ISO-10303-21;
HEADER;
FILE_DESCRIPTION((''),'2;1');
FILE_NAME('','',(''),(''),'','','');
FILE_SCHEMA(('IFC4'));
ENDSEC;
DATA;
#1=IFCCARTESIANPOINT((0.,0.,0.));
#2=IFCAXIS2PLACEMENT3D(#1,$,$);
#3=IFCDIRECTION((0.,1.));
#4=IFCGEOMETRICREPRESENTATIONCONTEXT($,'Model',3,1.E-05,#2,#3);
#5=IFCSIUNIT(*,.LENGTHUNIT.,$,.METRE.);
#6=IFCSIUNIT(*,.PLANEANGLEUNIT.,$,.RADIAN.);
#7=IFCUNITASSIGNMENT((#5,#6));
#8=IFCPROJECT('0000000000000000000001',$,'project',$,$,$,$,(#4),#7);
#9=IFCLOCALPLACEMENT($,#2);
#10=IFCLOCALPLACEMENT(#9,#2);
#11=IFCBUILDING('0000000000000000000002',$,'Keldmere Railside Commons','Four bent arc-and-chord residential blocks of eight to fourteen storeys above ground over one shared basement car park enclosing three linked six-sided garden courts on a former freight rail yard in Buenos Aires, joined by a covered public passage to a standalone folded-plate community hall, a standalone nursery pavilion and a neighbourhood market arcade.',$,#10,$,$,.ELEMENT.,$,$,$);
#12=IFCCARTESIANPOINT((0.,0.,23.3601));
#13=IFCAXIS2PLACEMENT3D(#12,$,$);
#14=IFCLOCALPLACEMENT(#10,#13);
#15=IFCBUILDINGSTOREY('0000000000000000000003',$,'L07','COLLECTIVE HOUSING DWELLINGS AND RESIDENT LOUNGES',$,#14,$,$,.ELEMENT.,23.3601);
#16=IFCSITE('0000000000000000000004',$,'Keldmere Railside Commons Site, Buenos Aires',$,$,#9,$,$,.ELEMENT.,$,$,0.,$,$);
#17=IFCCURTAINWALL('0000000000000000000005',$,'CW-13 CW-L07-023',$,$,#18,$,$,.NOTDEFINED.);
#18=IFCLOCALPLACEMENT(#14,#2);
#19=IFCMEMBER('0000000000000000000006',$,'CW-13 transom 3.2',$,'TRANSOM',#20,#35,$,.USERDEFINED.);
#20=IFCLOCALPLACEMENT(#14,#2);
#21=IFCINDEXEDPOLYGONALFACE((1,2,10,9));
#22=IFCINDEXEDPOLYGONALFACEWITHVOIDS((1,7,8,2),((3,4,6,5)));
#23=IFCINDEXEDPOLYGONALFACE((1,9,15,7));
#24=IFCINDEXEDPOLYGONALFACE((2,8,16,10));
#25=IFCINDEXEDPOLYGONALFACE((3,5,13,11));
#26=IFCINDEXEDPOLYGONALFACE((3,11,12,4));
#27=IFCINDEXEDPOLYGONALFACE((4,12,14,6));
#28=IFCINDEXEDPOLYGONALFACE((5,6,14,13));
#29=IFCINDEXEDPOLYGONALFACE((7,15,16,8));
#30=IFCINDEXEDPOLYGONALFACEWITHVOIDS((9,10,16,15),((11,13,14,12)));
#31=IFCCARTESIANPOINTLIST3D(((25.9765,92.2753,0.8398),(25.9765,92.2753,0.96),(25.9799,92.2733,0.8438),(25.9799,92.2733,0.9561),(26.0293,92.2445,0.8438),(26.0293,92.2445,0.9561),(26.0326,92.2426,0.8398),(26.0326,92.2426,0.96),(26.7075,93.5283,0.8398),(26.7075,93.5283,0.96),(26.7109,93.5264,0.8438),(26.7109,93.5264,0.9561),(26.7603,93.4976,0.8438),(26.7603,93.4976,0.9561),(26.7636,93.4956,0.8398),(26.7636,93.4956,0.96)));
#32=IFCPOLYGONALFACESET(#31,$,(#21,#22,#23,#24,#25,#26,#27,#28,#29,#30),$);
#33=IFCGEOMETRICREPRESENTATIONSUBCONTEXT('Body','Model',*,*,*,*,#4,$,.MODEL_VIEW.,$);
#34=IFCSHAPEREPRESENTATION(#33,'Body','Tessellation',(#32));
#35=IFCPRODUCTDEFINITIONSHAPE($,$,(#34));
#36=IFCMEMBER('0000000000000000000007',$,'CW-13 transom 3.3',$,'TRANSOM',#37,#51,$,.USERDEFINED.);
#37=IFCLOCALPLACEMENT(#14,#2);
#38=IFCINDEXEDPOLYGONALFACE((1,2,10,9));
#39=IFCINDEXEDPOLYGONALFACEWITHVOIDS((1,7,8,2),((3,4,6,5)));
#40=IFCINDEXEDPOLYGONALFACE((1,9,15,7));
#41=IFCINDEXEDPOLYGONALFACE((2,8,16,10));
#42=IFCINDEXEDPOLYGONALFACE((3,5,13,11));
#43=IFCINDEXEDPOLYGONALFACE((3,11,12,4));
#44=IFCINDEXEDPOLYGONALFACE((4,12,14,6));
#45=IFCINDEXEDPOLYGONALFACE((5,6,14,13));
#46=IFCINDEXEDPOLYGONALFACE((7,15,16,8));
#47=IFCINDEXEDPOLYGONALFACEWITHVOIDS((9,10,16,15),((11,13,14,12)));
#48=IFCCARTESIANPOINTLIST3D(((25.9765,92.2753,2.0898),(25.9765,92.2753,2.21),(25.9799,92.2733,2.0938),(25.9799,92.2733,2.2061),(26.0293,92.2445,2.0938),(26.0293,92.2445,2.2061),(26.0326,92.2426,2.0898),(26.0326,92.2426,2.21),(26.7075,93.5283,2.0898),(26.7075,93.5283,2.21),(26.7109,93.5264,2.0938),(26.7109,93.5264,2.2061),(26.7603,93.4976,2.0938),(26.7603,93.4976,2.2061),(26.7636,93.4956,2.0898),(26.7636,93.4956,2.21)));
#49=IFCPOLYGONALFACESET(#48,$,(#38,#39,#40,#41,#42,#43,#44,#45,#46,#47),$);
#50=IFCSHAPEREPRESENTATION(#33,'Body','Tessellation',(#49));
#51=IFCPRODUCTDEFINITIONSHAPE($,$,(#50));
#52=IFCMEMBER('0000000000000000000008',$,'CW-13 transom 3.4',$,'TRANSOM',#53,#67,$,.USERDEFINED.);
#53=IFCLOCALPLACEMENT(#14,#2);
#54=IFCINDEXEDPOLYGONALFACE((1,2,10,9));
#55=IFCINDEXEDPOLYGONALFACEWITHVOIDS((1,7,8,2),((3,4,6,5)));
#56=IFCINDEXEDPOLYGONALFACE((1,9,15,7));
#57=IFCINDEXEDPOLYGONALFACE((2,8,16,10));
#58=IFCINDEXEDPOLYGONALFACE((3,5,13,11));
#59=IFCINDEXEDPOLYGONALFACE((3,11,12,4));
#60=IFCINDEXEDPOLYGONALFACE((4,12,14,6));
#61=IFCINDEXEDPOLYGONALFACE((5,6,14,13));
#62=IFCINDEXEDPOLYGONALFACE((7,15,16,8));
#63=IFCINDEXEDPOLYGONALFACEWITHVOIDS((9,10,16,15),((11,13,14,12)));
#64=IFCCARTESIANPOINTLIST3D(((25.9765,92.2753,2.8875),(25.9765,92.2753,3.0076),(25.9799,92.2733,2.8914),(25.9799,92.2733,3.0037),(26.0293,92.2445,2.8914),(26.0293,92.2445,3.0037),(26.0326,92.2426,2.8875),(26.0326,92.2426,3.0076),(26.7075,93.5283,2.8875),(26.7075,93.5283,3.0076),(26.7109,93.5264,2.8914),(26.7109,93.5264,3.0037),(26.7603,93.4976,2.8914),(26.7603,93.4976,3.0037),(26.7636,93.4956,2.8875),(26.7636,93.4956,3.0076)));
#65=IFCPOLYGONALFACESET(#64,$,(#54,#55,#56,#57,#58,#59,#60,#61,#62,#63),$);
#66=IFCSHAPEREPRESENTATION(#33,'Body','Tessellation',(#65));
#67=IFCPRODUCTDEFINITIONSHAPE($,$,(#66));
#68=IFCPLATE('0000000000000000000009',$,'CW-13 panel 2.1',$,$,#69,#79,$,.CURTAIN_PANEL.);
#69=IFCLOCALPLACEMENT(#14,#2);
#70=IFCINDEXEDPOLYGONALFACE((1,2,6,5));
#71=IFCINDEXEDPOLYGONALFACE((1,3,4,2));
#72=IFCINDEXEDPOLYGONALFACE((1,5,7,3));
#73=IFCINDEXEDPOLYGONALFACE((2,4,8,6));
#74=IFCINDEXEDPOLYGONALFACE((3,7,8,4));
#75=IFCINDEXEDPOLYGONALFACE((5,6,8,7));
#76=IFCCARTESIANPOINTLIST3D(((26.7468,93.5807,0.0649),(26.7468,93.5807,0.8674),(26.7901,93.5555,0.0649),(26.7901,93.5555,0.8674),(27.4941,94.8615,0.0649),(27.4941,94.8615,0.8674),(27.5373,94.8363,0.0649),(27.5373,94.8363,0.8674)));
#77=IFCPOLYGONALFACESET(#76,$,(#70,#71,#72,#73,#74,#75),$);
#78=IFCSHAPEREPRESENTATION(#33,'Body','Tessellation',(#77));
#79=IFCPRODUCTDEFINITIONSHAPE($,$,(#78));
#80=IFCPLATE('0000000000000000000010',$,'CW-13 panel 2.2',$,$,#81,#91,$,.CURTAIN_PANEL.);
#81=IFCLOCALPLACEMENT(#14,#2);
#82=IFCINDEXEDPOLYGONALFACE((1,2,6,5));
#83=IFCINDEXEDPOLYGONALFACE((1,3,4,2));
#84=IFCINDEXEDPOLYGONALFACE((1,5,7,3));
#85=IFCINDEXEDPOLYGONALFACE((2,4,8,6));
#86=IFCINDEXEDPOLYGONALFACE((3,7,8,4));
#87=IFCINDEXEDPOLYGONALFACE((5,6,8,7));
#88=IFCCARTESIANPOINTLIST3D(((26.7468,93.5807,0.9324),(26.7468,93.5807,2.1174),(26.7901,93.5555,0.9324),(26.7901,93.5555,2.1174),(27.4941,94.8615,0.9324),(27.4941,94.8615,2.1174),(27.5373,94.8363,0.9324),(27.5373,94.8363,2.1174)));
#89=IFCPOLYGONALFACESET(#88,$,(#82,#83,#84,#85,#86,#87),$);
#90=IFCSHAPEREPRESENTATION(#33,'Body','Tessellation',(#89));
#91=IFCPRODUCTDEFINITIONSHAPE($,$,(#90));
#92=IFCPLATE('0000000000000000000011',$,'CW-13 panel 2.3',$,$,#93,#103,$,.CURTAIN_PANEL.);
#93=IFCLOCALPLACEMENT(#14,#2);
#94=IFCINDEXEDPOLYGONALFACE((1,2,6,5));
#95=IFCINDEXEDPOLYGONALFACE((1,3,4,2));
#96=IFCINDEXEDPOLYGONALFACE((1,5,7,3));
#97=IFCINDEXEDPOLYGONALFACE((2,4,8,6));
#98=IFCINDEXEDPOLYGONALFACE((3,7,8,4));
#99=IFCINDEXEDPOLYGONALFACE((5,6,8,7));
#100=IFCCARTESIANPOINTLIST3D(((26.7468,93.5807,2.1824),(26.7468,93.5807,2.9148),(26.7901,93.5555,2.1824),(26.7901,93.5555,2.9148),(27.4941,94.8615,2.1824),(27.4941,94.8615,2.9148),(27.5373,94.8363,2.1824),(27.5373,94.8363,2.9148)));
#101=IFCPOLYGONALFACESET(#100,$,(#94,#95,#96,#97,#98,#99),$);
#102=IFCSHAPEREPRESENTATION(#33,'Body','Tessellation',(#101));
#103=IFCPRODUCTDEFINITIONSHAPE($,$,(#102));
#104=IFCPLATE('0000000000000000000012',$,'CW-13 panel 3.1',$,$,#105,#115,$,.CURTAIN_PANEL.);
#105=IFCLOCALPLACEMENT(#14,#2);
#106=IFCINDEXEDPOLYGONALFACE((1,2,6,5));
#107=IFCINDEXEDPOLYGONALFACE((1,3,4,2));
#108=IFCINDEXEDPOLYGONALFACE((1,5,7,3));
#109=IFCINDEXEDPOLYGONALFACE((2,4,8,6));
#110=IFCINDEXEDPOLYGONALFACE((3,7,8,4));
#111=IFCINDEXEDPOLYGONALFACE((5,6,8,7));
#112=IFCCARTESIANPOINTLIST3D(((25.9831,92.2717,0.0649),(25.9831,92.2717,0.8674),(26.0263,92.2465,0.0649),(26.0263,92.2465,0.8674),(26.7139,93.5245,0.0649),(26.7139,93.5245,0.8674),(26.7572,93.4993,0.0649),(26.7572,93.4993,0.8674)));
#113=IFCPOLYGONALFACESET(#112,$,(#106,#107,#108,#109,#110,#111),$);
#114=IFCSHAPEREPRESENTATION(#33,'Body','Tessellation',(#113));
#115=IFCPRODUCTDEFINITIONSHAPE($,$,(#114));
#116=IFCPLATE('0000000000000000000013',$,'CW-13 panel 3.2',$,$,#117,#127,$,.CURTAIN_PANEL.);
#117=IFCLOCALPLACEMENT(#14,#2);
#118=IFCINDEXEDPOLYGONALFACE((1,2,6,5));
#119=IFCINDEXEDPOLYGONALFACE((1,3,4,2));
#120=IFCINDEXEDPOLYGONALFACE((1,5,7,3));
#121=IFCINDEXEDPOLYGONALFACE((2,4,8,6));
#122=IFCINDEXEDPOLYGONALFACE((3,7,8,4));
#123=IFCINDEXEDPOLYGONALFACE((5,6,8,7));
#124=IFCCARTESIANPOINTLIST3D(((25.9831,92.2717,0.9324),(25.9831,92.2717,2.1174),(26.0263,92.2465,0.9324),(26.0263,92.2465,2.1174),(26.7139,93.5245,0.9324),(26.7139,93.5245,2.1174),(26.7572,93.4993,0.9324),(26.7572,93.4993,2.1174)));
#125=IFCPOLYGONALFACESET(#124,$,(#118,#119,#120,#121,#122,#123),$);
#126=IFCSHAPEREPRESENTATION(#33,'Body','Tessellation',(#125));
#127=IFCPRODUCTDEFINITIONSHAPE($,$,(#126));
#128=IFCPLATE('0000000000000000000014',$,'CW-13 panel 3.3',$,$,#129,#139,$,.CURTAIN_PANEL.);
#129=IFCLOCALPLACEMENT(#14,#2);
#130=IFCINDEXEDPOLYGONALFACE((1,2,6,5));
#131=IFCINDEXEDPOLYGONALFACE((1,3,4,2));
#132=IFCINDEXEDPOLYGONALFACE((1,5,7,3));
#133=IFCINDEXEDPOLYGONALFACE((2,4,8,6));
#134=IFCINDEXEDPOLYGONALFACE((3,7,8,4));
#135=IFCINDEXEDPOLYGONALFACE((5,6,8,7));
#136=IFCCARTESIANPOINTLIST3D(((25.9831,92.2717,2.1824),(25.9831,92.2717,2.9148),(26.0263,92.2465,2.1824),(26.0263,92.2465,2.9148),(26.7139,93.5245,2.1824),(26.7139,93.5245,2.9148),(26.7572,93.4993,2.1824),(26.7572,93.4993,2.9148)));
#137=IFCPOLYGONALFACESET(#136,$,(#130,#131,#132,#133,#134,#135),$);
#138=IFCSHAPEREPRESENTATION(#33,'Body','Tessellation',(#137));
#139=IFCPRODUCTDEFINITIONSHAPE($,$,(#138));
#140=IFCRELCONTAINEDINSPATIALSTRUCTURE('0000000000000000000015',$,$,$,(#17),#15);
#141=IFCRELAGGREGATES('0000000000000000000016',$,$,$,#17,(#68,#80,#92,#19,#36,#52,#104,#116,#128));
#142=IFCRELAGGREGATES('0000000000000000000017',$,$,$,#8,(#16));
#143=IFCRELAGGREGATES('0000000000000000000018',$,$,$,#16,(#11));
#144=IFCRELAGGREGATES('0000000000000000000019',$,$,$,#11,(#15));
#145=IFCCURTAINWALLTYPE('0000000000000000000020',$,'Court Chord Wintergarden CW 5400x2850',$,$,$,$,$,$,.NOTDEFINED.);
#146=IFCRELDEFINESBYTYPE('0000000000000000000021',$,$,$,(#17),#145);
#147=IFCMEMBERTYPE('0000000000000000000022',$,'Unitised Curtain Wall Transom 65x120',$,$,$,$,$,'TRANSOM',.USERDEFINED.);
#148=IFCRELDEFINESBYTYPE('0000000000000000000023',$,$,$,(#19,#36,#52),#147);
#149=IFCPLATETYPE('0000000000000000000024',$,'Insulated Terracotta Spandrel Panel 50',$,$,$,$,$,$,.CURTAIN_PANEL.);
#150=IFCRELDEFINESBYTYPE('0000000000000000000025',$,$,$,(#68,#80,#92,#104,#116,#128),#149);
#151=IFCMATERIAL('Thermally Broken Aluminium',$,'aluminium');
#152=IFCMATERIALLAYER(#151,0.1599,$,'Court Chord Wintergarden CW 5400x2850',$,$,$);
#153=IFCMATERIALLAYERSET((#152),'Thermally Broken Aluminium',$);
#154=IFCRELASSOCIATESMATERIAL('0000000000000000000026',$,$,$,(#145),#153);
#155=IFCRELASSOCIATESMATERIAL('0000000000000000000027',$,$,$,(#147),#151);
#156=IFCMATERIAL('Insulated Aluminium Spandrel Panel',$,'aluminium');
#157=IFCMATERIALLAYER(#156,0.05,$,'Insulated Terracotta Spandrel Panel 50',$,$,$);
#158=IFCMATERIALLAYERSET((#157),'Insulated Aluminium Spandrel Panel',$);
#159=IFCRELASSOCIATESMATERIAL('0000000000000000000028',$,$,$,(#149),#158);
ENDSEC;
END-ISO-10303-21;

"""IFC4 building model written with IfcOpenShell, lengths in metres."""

from ifc_helpers import new_model, si_unit, direction, frame, origin, origin_2d, place, context, subcontext, project, spatial, rectangle, hollow_rectangle, extrude, material, layer, layer_set, material_profile, profile_set, type_object, element, aggregate, save


model = new_model("IFC4")

# Units and contexts
model_context = context("Model", 3, precision=1e-05, world=origin(), true_north=direction((0.0, 1.0)))
body_context = subcontext(model_context, "Body", "Model", "MODEL_VIEW")
ifc_project = project(units=[si_unit("LENGTHUNIT", "METRE"), si_unit("PLANEANGLEUNIT", "RADIAN")], contexts=[model_context])

# Site, building, storey
site_placement = place(None, origin())
site = spatial("IfcSite", under=ifc_project, at=site_placement, Name="Keldmere Railside Commons Site, Buenos Aires", CompositionType="ELEMENT", RefElevation=0.0)
building_placement = place(site_placement, origin())
building = spatial("IfcBuilding", under=site, at=building_placement, Name="Keldmere Railside Commons", Description="Four bent arc-and-chord residential blocks of eight to fourteen storeys above ground over one shared basement car park enclosing three linked six-sided garden courts on a former freight rail yard in Buenos Aires, joined by a covered public passage to a standalone folded-plate community hall, a standalone nursery pavilion and a neighbourhood market arcade.", CompositionType="ELEMENT")
storey_placement = place(building_placement, frame((0.0, 0.0, 23.3601)))
storey = spatial("IfcBuildingStorey", under=building, at=storey_placement, Name="L07", Description="COLLECTIVE HOUSING DWELLINGS AND RESIDENT LOUNGES", CompositionType="ELEMENT", Elevation=23.3601)

# Shared definitions
ifc_material_1 = material(Name="Thermally Broken Aluminium", Category="aluminium")

# Curtain wall
ifc_layer_1 = layer(ifc_material_1, 0.1599, Name="Court Chord Wintergarden CW 5400x2850")
ifc_layer_set_1 = layer_set([ifc_layer_1], Name="Thermally Broken Aluminium")
curtain_wall_type_1 = type_object("IfcCurtainWallType", Name="Court Chord Wintergarden CW 5400x2850", PredefinedType="NOTDEFINED", material=ifc_layer_set_1)
curtain_wall_1_placement = place(storey_placement, origin())
curtain_wall_1 = element("IfcCurtainWall", 1, at=curtain_wall_1_placement, inside=storey, type_object=curtain_wall_type_1, Name="CW-13 CW-L07-023", PredefinedType="NOTDEFINED")

# Members
ifc_material_profile_1 = material_profile(ifc_material_1, hollow_rectangle(XDim=0.0649, YDim=0.1201, WallThickness=0.0039, at=origin_2d()), Name="ALU-TRAN-65x120")
ifc_profile_set_1 = profile_set([ifc_material_profile_1], Name="Thermally Broken Aluminium")
member_type_1 = type_object("IfcMemberType", Name="Unitised Curtain Wall Transom 65x120", ElementType="TRANSOM", PredefinedType="USERDEFINED", material=ifc_profile_set_1)
member_1_placement = place(storey_placement, frame((26.7356, 93.512, 0.8999), z_axis=(-0.503913, -0.863754, 0.0), x_axis=(0.863754, -0.503913, 0.0)))
member_1 = element("IfcMember", 2, at=member_1_placement, type_object=member_type_1, Name="CW-13 transom 3.2", ObjectType="TRANSOM", PredefinedType="USERDEFINED", context=body_context, shape_type="SweptSolid", body=[
    extrude(hollow_rectangle(XDim=0.0649, YDim=0.1201, WallThickness=0.0039, at=origin_2d()), origin(), (0.0, 0.0, 1.0), 1.4507),
])
member_2_placement = place(storey_placement, frame((26.7356, 93.512, 2.1499), z_axis=(-0.503913, -0.863754, 0.0), x_axis=(0.863754, -0.503913, 0.0)))
member_2 = element("IfcMember", 3, at=member_2_placement, type_object=member_type_1, Name="CW-13 transom 3.3", ObjectType="TRANSOM", PredefinedType="USERDEFINED", context=body_context, shape_type="SweptSolid", body=[
    extrude(hollow_rectangle(XDim=0.0649, YDim=0.1201, WallThickness=0.0039, at=origin_2d()), origin(), (0.0, 0.0, 1.0), 1.4507),
])
member_3_placement = place(storey_placement, frame((26.7356, 93.512, 2.9475), z_axis=(-0.503913, -0.863754, 0.0), x_axis=(0.863754, -0.503913, 0.0)))
member_3 = element("IfcMember", 4, at=member_3_placement, type_object=member_type_1, Name="CW-13 transom 3.4", ObjectType="TRANSOM", PredefinedType="USERDEFINED", context=body_context, shape_type="SweptSolid", body=[
    extrude(hollow_rectangle(XDim=0.0649, YDim=0.1201, WallThickness=0.0039, at=origin_2d()), origin(), (0.0, 0.0, 1.0), 1.4507),
])

# Plates
ifc_material_2 = material(Name="Insulated Aluminium Spandrel Panel", Category="aluminium")
ifc_layer_2 = layer(ifc_material_2, 0.05, Name="Insulated Terracotta Spandrel Panel 50")
ifc_layer_set_2 = layer_set([ifc_layer_2], Name="Insulated Aluminium Spandrel Panel")
plate_type = type_object("IfcPlateType", Name="Insulated Terracotta Spandrel Panel 50", PredefinedType="CURTAIN_PANEL", material=ifc_layer_set_2)
plate_1_placement = place(storey_placement, frame((27.1421, 94.2085, 0.0649), z_axis=(0.0, 0.0, 1.0), x_axis=(-0.503911, -0.863755, 0.0)))
plate_1 = element("IfcPlate", 5, at=plate_1_placement, type_object=plate_type, Name="CW-13 panel 2.1", PredefinedType="CURTAIN_PANEL", context=body_context, shape_type="SweptSolid", body=[
    extrude(rectangle(XDim=1.4829, YDim=0.05, at=origin_2d()), origin(), (0.0, 0.0, 1.0), 0.8025),
])
plate_2_placement = place(storey_placement, frame((27.1421, 94.2085, 0.9324), z_axis=(0.0, 0.0, 1.0), x_axis=(-0.503911, -0.863755, 0.0)))
plate_2 = element("IfcPlate", 6, at=plate_2_placement, type_object=plate_type, Name="CW-13 panel 2.2", PredefinedType="CURTAIN_PANEL", context=body_context, shape_type="SweptSolid", body=[
    extrude(rectangle(XDim=1.4829, YDim=0.05, at=origin_2d()), origin(), (0.0, 0.0, 1.0), 1.1851),
])
plate_3_placement = place(storey_placement, frame((27.1421, 94.2085, 2.1824), z_axis=(0.0, 0.0, 1.0), x_axis=(-0.503911, -0.863755, 0.0)))
plate_3 = element("IfcPlate", 7, at=plate_3_placement, type_object=plate_type, Name="CW-13 panel 2.3", PredefinedType="CURTAIN_PANEL", context=body_context, shape_type="SweptSolid", body=[
    extrude(rectangle(XDim=1.4829, YDim=0.05, at=origin_2d()), origin(), (0.0, 0.0, 1.0), 0.7324),
])
plate_4_placement = place(storey_placement, frame((26.3701, 92.8855, 0.0649), z_axis=(0.0, 0.0, 1.0), x_axis=(-0.503911, -0.863755, 0.0)))
plate_4 = element("IfcPlate", 8, at=plate_4_placement, type_object=plate_type, Name="CW-13 panel 3.1", PredefinedType="CURTAIN_PANEL", context=body_context, shape_type="SweptSolid", body=[
    extrude(rectangle(XDim=1.4504, YDim=0.05, at=origin_2d()), origin(), (0.0, 0.0, 1.0), 0.8025),
])
plate_5_placement = place(storey_placement, frame((26.3701, 92.8855, 0.9324), z_axis=(0.0, 0.0, 1.0), x_axis=(-0.503911, -0.863755, 0.0)))
plate_5 = element("IfcPlate", 9, at=plate_5_placement, type_object=plate_type, Name="CW-13 panel 3.2", PredefinedType="CURTAIN_PANEL", context=body_context, shape_type="SweptSolid", body=[
    extrude(rectangle(XDim=1.4504, YDim=0.05, at=origin_2d()), origin(), (0.0, 0.0, 1.0), 1.1851),
])
plate_6_placement = place(storey_placement, frame((26.3701, 92.8855, 2.1824), z_axis=(0.0, 0.0, 1.0), x_axis=(-0.503911, -0.863755, 0.0)))
plate_6 = element("IfcPlate", 10, at=plate_6_placement, type_object=plate_type, Name="CW-13 panel 3.3", PredefinedType="CURTAIN_PANEL", context=body_context, shape_type="SweptSolid", body=[
    extrude(rectangle(XDim=1.4504, YDim=0.05, at=origin_2d()), origin(), (0.0, 0.0, 1.0), 0.7324),
])
aggregate(curtain_wall_1, [plate_1, plate_2, plate_3, member_1, member_2, member_3, plate_4, plate_5, plate_6])

save(model, "model.ifc")
